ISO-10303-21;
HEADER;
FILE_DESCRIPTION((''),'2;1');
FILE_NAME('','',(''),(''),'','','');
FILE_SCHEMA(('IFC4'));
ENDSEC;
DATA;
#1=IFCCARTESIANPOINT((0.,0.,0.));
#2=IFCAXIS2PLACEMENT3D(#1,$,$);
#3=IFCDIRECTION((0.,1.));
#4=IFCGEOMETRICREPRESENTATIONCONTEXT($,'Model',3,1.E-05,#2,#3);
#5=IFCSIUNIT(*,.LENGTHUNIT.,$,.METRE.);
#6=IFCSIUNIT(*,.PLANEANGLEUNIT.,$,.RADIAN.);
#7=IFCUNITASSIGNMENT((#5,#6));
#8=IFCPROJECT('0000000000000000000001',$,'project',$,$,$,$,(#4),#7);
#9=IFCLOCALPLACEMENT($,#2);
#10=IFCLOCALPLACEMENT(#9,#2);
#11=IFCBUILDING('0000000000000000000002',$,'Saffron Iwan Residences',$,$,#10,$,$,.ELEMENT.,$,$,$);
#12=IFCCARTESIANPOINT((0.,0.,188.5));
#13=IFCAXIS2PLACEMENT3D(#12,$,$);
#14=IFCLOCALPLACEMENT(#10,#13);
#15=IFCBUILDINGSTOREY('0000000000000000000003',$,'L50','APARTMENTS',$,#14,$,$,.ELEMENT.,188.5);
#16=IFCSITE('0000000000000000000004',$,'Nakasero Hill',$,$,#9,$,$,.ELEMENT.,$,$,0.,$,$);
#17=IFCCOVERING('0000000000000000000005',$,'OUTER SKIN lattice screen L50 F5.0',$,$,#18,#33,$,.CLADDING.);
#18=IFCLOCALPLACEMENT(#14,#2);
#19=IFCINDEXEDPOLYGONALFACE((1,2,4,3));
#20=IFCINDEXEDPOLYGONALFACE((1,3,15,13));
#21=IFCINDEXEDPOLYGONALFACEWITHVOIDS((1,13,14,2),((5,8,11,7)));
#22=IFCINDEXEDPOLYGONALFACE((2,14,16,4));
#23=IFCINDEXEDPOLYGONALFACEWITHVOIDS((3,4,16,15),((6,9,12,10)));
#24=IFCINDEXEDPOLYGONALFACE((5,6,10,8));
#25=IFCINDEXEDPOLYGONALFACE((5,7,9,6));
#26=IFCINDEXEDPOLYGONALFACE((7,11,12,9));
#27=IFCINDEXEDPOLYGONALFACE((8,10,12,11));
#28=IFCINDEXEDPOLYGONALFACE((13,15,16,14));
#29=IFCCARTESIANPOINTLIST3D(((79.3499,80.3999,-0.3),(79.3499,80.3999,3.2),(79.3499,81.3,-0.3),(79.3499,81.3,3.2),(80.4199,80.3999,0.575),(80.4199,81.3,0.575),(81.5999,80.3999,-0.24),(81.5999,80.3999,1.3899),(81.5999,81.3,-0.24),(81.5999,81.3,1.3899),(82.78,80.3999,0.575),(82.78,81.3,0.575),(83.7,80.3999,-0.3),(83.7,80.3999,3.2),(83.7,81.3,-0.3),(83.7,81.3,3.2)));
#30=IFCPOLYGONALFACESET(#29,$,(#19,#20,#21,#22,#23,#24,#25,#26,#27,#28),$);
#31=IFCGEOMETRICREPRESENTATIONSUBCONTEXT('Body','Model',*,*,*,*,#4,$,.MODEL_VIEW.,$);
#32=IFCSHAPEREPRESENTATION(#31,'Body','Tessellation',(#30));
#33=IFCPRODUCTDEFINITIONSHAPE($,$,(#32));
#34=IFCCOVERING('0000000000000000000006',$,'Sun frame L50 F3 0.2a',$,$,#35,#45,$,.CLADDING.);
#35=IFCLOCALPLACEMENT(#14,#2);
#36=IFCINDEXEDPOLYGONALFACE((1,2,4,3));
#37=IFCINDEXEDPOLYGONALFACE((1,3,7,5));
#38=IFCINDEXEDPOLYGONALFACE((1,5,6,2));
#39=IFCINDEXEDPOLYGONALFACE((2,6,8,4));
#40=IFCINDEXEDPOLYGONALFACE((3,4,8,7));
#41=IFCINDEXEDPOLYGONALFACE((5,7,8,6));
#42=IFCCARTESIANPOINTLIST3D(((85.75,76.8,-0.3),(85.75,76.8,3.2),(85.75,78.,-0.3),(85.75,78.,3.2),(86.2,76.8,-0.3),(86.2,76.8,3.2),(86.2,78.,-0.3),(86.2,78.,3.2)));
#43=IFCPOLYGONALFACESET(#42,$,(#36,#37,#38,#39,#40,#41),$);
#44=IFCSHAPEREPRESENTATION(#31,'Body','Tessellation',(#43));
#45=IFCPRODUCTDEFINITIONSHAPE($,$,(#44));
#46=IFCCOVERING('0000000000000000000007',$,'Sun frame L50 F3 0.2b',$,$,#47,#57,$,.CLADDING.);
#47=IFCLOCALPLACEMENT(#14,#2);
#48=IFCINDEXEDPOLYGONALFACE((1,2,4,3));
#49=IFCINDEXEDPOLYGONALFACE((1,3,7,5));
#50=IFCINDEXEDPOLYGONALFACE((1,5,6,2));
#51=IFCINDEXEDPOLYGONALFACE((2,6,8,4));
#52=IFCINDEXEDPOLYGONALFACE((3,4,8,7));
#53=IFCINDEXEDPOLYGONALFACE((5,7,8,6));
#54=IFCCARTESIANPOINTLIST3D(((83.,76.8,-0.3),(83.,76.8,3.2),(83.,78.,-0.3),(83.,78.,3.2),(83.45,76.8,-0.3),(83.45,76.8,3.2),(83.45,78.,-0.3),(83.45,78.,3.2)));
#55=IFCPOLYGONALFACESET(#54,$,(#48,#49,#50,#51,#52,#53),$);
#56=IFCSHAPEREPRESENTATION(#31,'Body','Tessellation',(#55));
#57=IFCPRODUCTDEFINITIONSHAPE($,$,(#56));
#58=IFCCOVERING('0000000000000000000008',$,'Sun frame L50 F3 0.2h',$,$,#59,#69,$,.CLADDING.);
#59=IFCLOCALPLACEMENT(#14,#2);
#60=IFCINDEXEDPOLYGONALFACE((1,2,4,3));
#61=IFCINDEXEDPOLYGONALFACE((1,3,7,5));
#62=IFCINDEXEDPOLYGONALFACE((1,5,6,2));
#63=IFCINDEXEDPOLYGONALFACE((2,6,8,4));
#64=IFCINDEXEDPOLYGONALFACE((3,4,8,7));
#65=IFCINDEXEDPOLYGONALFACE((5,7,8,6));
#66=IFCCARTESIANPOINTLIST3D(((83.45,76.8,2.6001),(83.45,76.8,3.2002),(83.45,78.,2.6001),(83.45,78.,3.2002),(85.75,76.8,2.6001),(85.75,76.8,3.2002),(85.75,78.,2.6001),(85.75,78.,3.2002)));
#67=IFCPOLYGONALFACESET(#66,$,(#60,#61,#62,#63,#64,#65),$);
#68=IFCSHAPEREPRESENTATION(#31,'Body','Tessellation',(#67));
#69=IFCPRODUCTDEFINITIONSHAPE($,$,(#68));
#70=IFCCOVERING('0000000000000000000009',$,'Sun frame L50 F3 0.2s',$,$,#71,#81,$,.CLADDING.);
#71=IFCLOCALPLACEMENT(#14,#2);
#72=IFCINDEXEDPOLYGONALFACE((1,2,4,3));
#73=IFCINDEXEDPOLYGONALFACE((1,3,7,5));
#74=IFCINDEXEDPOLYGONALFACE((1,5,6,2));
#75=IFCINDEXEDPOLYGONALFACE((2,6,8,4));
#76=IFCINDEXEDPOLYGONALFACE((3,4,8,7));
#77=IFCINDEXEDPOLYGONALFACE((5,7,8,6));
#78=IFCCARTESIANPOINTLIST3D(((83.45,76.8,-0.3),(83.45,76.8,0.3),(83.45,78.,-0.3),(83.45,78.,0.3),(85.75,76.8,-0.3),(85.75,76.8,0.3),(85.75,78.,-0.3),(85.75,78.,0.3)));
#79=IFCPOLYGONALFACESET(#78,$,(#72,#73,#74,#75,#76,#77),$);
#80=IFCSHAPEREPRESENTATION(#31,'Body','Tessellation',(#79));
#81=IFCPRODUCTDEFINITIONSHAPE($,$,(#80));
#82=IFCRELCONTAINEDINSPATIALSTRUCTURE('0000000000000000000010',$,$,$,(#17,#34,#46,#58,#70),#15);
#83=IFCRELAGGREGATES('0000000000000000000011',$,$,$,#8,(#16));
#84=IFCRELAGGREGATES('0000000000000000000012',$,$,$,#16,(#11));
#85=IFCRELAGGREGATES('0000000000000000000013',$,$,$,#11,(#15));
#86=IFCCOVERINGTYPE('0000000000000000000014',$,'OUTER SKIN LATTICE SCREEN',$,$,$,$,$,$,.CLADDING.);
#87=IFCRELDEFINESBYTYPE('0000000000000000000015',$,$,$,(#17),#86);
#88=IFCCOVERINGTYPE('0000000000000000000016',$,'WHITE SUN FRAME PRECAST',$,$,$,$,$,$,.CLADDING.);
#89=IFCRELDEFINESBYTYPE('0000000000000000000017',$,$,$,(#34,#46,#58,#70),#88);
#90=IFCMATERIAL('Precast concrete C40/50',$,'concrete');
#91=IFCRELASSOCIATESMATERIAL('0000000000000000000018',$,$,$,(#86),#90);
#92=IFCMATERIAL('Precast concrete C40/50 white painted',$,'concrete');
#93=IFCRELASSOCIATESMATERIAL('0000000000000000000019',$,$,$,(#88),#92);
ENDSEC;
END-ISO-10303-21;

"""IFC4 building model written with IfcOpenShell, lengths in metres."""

from ifc_helpers import new_model, si_unit, direction, frame, origin, place, context, subcontext, project, spatial, polyline, outline, extrude, material, type_object, element, save


model = new_model("IFC4")

# Units and contexts
model_context = context("Model", 3, precision=1e-05, world=origin(), true_north=direction((0.0, 1.0)))
body_context = subcontext(model_context, "Body", "Model", "MODEL_VIEW")
ifc_project = project(units=[si_unit("LENGTHUNIT", "METRE"), si_unit("PLANEANGLEUNIT", "RADIAN")], contexts=[model_context])

# Site, building, storey
site_placement = place(None, origin())
site = spatial("IfcSite", under=ifc_project, at=site_placement, Name="Nakasero Hill", CompositionType="ELEMENT", RefElevation=0.0)
building_placement = place(site_placement, origin())
building = spatial("IfcBuilding", under=site, at=building_placement, Name="Saffron Iwan Residences", CompositionType="ELEMENT")
storey_placement = place(building_placement, frame((0.0, 0.0, 188.5)))
storey = spatial("IfcBuildingStorey", under=building, at=storey_placement, Name="L50", Description="APARTMENTS", CompositionType="ELEMENT", Elevation=188.5)

# Coverings
ifc_material_1 = material(Name="Precast concrete C40/50", Category="concrete")
covering_type_1 = type_object("IfcCoveringType", Name="OUTER SKIN LATTICE SCREEN", PredefinedType="CLADDING", material=ifc_material_1)
covering_1_placement = place(storey_placement, frame((83.7, 80.3999, -0.3), z_axis=(0.0, 1.0, 0.0), x_axis=(-1.0, 0.0, 0.0)))
element("IfcCovering", 1, at=covering_1_placement, inside=storey, type_object=covering_type_1, Name="OUTER SKIN lattice screen L50 F5.0", PredefinedType="CLADDING", context=body_context, shape_type="SweptSolid", body=[
    extrude(outline(polyline([(0.0, 0.0), (4.3501, 0.0), (4.3501, 3.5), (0.0, 3.5), (0.0, 0.0)]), holes=[polyline([(0.9199, 0.875), (2.1001, 0.0601), (3.28, 0.875), (2.1001, 1.6899), (0.9199, 0.875)])]), origin(), (0.0, 0.0, 1.0), 0.9001),
])
ifc_material_2 = material(Name="Precast concrete C40/50 white painted", Category="concrete")
covering_type_2 = type_object("IfcCoveringType", Name="WHITE SUN FRAME PRECAST", PredefinedType="CLADDING", material=ifc_material_2)
for number, where, z_axis, x_axis, name in (
    (2, (86.2, 76.8, -0.3), (0.0, 1.0, 0.0), (-1.0, 0.0, 0.0), "Sun frame L50 F3 0.2a"),
    (3, (83.45, 76.8, -0.3), (0.0, 1.0, 0.0), (-1.0, 0.0, 0.0), "Sun frame L50 F3 0.2b"),
):
    element("IfcCovering", number, at=place(storey_placement, frame(where, z_axis=z_axis, x_axis=x_axis)), inside=storey, type_object=covering_type_2, Name=name, PredefinedType="CLADDING", context=body_context, shape_type="SweptSolid", body=[
        extrude(outline(polyline([(0.0, 0.0), (0.45, 0.0), (0.45, 3.5), (0.0, 3.5), (0.0, 0.0)])), origin(), (0.0, 0.0, 1.0), 1.2),
    ])
for number, where, z_axis, x_axis, name in (
    (4, (85.75, 76.8, 2.6001), (0.0, 1.0, 0.0), (-1.0, 0.0, 0.0), "Sun frame L50 F3 0.2h"),
    (5, (85.75, 76.8, -0.3), (0.0, 1.0, 0.0), (-1.0, 0.0, 0.0), "Sun frame L50 F3 0.2s"),
):
    element("IfcCovering", number, at=place(storey_placement, frame(where, z_axis=z_axis, x_axis=x_axis)), inside=storey, type_object=covering_type_2, Name=name, PredefinedType="CLADDING", context=body_context, shape_type="SweptSolid", body=[
        extrude(outline(polyline([(0.0, 0.0), (2.3, 0.0), (2.3, 0.6001), (0.0, 0.6001), (0.0, 0.0)])), origin(), (0.0, 0.0, 1.0), 1.2),
    ])

save(model, "model.ifc")
